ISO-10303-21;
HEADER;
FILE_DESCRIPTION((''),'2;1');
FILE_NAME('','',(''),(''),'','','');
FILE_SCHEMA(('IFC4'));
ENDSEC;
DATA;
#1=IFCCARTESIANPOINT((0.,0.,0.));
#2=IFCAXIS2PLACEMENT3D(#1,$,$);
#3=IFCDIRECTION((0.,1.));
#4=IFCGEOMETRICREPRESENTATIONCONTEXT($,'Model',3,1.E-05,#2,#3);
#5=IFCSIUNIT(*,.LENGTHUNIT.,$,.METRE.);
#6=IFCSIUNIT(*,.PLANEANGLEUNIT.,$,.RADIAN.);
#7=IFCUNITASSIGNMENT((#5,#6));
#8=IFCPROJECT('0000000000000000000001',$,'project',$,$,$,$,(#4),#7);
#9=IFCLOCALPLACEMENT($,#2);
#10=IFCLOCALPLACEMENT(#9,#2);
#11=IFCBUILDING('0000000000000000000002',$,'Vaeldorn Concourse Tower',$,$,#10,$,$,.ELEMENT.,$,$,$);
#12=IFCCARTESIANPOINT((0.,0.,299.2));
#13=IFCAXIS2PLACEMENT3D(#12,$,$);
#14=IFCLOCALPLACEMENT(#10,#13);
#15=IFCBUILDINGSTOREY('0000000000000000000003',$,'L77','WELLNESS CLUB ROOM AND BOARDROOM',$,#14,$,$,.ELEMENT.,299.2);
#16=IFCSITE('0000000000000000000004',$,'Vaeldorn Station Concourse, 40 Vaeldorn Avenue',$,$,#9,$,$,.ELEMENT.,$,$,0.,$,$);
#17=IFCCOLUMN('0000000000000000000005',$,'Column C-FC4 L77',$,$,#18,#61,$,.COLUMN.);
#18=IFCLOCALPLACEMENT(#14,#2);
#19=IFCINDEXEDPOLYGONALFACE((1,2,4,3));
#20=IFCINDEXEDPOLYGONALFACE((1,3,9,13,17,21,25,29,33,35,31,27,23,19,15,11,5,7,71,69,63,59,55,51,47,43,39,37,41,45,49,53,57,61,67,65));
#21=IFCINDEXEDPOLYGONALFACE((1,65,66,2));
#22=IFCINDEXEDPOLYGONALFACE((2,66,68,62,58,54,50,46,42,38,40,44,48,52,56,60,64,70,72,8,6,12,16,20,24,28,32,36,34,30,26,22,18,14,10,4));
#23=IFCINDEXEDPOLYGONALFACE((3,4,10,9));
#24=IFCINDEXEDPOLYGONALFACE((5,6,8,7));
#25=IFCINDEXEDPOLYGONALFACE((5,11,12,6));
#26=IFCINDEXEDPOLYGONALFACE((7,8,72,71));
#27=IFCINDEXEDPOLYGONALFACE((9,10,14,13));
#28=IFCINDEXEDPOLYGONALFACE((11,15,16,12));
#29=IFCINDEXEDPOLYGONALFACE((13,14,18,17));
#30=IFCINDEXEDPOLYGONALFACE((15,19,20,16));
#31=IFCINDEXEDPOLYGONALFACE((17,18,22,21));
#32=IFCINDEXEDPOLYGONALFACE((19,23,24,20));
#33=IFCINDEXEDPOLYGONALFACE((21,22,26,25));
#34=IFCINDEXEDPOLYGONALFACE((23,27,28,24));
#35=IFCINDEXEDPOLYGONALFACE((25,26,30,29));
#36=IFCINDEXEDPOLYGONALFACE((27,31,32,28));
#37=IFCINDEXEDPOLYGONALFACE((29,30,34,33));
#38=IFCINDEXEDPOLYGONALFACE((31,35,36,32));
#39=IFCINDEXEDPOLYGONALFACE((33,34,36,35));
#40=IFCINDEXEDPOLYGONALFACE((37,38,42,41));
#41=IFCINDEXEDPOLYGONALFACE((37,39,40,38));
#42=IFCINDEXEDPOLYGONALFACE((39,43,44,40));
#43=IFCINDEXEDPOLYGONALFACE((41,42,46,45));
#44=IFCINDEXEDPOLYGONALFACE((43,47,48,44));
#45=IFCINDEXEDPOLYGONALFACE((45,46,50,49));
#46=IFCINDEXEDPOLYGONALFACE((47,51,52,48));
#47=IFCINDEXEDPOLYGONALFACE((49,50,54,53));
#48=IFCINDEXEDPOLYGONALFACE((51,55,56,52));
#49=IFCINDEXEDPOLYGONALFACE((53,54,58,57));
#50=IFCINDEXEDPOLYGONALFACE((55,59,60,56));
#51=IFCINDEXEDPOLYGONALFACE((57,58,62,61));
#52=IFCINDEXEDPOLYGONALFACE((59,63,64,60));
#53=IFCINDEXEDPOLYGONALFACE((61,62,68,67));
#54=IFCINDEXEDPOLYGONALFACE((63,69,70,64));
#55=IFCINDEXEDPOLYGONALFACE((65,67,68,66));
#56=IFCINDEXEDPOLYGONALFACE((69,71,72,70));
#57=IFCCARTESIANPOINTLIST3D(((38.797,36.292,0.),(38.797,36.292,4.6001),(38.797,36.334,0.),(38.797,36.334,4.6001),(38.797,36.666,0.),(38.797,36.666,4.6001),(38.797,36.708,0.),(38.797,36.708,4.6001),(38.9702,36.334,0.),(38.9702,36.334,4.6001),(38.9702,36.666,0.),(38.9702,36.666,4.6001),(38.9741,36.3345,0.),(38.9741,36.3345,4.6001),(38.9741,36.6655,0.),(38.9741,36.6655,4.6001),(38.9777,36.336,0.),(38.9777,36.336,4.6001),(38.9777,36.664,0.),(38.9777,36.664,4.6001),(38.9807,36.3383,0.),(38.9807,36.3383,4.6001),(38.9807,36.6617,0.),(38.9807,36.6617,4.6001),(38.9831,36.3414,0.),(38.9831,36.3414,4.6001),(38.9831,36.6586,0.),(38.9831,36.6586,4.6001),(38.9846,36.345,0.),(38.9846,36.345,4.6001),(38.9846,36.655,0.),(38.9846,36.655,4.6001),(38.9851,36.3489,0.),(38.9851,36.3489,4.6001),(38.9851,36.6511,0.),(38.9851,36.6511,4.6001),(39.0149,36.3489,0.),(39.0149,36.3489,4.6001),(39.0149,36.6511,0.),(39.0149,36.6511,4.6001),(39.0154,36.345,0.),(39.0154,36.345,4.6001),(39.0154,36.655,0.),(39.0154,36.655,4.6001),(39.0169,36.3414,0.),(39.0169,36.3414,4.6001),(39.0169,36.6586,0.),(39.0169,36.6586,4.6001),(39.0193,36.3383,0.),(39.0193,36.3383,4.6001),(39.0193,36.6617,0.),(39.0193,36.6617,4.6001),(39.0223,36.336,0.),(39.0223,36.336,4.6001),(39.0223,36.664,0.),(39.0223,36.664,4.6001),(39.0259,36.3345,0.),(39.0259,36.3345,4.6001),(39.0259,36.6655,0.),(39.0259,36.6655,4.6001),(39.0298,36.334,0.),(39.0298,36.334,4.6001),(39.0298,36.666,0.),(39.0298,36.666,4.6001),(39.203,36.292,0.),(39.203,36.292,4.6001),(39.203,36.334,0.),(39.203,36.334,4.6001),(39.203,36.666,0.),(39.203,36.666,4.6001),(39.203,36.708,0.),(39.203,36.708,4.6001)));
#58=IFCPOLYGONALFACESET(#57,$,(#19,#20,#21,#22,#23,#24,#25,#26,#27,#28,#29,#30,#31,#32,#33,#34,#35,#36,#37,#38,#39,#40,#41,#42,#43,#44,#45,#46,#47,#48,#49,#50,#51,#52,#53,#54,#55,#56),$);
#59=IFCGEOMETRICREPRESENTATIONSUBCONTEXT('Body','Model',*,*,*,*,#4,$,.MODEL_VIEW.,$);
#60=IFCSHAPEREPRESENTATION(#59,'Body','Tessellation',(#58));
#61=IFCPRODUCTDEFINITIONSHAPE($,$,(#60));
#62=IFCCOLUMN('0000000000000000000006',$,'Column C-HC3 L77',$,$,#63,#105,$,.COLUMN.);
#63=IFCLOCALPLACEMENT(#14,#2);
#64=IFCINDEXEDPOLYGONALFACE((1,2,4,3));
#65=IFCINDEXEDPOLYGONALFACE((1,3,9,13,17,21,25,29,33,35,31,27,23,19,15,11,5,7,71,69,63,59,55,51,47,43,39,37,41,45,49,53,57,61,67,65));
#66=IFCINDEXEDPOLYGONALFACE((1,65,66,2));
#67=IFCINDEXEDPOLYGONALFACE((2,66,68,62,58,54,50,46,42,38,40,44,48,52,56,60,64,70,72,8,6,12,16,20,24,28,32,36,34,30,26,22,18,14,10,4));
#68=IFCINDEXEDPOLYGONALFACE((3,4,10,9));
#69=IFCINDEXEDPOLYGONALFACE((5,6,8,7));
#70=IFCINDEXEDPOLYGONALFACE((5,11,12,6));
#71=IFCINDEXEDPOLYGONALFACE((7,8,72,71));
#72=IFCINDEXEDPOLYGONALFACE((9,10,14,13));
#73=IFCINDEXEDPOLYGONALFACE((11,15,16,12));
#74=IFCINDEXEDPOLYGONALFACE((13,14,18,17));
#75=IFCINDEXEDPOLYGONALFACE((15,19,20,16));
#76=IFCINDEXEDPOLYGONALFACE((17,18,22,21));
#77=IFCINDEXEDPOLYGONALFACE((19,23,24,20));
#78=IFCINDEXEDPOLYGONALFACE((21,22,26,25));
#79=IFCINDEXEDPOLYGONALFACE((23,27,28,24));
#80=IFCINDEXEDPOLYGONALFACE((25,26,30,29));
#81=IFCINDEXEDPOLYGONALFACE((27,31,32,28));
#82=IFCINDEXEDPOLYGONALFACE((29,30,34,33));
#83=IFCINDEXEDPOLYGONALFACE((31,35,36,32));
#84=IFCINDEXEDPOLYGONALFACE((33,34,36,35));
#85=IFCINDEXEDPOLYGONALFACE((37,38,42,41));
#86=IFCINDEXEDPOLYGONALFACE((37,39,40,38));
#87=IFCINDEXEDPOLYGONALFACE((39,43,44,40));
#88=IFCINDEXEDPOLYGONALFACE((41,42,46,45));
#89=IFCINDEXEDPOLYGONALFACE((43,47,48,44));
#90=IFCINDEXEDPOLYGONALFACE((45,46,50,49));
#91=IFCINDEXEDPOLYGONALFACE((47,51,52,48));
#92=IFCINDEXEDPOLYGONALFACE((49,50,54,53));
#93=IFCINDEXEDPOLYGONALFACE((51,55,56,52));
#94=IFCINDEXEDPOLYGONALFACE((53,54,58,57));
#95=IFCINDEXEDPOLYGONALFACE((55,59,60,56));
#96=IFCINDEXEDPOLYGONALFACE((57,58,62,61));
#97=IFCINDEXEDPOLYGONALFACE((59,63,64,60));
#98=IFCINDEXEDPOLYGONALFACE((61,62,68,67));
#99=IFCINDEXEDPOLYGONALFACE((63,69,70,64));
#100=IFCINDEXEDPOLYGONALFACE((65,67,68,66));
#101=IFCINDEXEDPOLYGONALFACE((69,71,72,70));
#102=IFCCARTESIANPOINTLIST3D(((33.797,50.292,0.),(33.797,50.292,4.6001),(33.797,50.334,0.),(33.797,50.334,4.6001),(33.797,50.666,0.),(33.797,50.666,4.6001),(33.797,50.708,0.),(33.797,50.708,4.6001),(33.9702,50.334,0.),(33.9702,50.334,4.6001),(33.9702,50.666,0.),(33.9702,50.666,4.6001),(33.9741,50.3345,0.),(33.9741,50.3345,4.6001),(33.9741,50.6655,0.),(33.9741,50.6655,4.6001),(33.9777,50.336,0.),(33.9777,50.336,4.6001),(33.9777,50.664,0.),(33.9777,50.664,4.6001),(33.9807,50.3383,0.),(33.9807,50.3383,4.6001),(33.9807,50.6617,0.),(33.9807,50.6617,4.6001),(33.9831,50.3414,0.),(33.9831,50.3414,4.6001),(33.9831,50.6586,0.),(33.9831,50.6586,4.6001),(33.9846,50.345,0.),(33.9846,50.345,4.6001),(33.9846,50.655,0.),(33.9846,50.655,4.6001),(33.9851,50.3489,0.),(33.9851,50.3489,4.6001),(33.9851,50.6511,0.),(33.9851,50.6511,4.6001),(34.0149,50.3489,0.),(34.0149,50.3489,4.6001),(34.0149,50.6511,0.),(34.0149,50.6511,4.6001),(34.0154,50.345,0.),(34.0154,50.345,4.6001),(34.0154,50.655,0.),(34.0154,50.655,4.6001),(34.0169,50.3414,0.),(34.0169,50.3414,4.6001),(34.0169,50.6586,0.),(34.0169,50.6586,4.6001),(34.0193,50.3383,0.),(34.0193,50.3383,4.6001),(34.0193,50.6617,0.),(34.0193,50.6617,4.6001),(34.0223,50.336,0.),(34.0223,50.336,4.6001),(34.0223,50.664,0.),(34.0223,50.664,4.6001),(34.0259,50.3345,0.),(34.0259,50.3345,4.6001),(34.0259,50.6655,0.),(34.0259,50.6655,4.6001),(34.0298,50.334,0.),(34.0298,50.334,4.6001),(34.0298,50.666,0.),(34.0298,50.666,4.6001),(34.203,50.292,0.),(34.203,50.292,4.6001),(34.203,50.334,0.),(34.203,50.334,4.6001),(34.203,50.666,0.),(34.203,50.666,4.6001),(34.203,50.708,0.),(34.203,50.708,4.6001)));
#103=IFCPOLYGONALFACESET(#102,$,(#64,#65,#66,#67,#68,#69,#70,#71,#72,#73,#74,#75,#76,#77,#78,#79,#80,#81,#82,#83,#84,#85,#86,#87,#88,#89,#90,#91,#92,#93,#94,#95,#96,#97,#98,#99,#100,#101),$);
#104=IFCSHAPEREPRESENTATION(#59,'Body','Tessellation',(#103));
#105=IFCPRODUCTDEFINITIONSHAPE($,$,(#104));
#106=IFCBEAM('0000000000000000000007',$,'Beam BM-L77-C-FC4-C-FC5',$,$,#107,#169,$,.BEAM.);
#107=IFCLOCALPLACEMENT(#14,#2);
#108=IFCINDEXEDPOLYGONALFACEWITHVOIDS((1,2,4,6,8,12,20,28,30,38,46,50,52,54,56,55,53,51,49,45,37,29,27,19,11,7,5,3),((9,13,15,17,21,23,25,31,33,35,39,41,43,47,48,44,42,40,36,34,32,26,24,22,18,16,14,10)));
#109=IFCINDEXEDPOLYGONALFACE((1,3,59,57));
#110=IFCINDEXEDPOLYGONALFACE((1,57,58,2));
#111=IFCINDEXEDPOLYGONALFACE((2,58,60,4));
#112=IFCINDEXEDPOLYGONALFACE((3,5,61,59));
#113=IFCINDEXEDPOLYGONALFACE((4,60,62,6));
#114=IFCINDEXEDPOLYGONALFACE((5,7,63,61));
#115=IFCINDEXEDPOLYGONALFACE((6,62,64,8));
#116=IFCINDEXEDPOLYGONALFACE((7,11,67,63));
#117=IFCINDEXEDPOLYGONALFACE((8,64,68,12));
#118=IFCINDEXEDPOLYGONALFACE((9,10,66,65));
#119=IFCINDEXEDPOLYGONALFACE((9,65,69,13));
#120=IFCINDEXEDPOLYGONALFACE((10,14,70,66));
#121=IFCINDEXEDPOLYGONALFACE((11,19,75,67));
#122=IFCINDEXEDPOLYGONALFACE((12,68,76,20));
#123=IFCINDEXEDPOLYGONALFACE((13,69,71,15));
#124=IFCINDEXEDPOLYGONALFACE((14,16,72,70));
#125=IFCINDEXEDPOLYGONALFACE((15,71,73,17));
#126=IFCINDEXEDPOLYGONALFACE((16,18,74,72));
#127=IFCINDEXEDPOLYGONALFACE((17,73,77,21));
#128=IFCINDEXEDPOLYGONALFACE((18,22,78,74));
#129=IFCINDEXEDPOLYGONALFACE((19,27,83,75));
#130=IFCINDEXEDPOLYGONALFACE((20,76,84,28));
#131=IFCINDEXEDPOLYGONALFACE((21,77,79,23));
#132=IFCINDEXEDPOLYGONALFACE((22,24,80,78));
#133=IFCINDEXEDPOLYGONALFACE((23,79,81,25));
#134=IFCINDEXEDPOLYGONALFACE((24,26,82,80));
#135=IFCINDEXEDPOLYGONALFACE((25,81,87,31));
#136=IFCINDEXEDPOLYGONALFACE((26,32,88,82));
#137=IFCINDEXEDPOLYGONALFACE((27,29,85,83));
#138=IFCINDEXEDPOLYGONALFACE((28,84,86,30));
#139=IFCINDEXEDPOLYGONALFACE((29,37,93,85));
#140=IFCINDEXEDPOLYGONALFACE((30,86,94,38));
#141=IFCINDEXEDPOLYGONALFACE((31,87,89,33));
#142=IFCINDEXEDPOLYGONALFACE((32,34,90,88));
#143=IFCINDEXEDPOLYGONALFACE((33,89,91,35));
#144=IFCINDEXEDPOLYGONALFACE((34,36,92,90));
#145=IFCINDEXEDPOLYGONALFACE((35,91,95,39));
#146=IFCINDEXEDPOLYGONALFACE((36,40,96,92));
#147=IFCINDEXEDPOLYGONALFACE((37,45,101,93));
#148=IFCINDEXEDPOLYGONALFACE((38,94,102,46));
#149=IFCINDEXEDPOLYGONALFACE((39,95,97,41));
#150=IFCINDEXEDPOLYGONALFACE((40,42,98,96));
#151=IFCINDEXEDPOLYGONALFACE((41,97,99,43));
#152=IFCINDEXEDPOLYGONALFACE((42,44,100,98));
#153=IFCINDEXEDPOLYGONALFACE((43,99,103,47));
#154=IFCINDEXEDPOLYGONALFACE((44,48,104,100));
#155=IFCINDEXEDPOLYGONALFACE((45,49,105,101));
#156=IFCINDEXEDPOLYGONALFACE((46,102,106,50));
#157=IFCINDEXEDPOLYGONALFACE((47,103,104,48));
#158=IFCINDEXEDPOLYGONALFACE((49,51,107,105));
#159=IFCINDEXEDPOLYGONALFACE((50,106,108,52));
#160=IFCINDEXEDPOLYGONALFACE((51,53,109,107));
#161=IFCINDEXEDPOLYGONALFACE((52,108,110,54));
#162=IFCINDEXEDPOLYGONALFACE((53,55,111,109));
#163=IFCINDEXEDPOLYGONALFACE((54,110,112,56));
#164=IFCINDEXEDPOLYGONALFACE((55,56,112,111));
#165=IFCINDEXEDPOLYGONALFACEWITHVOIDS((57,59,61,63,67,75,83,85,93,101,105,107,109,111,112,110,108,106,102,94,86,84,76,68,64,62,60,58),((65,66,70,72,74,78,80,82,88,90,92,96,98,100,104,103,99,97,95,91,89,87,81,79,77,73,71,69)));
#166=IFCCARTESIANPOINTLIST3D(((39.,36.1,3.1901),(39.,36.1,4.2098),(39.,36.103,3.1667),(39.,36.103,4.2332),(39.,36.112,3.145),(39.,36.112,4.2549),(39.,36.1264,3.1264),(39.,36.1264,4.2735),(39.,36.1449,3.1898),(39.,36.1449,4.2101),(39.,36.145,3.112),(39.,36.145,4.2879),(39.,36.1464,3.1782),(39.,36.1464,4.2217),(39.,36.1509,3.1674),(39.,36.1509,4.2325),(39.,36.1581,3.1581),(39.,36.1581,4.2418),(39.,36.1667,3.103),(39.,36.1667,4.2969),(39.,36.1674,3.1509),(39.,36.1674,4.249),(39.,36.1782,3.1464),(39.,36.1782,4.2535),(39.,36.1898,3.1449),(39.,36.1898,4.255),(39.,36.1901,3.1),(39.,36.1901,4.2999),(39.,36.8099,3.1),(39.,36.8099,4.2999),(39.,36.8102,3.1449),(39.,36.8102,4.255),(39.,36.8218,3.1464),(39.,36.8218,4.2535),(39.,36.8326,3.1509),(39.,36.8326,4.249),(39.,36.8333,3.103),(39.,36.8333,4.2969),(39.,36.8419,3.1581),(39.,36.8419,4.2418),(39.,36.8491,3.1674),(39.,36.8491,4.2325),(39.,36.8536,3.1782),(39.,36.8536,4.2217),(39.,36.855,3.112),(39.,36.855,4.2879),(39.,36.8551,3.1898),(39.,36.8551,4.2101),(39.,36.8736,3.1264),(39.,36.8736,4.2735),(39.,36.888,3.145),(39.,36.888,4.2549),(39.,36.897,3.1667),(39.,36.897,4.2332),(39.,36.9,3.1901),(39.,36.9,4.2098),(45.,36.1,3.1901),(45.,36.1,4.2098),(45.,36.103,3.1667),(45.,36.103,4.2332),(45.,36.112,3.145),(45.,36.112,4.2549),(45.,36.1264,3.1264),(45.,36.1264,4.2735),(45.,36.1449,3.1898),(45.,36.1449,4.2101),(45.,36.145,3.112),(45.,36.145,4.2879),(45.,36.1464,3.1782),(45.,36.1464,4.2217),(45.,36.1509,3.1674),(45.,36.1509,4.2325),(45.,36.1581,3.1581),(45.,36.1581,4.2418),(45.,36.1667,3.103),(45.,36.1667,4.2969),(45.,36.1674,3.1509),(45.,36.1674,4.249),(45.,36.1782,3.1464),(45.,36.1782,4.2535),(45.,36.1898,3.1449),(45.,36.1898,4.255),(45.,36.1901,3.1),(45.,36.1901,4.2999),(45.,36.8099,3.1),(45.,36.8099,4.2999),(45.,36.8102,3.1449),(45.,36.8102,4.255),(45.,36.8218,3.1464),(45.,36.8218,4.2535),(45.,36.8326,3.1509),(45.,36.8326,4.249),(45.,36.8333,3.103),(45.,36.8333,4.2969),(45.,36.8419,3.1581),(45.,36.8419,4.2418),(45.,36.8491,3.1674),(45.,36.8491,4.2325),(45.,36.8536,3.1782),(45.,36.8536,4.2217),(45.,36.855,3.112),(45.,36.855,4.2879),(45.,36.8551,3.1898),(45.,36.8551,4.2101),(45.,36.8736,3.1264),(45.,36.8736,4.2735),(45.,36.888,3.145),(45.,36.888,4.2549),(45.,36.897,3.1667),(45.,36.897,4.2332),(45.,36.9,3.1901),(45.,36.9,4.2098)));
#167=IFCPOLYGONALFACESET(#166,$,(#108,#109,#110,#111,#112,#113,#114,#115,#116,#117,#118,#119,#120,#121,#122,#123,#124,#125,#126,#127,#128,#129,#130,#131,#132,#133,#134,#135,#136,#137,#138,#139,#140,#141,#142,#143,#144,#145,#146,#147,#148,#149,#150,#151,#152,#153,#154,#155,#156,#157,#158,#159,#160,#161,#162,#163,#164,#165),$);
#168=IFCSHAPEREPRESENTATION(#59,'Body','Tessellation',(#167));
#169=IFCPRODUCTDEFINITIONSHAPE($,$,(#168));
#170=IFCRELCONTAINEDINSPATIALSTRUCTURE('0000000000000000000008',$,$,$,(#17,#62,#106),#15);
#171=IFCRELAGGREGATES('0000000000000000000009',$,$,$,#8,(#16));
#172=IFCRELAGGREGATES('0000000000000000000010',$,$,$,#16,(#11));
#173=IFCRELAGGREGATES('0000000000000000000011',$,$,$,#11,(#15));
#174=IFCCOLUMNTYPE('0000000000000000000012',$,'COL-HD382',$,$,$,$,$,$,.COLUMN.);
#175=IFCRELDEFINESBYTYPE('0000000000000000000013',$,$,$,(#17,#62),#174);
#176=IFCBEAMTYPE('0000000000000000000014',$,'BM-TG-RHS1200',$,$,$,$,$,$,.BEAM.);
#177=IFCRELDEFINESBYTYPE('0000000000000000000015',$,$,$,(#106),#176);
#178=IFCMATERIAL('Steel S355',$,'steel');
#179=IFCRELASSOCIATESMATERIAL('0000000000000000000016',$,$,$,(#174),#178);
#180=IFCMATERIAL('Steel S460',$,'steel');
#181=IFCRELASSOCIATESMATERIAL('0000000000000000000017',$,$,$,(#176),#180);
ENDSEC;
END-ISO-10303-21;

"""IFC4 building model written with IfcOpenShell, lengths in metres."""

from ifc_helpers import new_model, si_unit, direction, frame, origin, origin_2d, place, context, subcontext, project, spatial, hollow_rectangle, i_section, extrude, source, transform, mapped, material, material_profile, profile_set, type_object, element, save


model = new_model("IFC4")

# Units and contexts
model_context = context("Model", 3, precision=1e-05, world=origin(), true_north=direction((0.0, 1.0)))
body_context = subcontext(model_context, "Body", "Model", "MODEL_VIEW")
ifc_project = project(units=[si_unit("LENGTHUNIT", "METRE"), si_unit("PLANEANGLEUNIT", "RADIAN")], contexts=[model_context])

# Site, building, storey
site_placement = place(None, origin())
site = spatial("IfcSite", under=ifc_project, at=site_placement, Name="Vaeldorn Station Concourse, 40 Vaeldorn Avenue", CompositionType="ELEMENT", RefElevation=0.0)
building_placement = place(site_placement, origin())
building = spatial("IfcBuilding", under=site, at=building_placement, Name="Vaeldorn Concourse Tower", CompositionType="ELEMENT")
storey_placement = place(building_placement, frame((0.0, 0.0, 299.2)))
storey = spatial("IfcBuildingStorey", under=building, at=storey_placement, Name="L77", Description="WELLNESS CLUB ROOM AND BOARDROOM", CompositionType="ELEMENT", Elevation=299.2)

# Columns
ifc_material_1 = material(Name="Steel S355", Category="steel")
ifc_material_profile_1 = material_profile(ifc_material_1, i_section(OverallWidth=0.406, OverallDepth=0.416, WebThickness=0.0298, FlangeThickness=0.042, FilletRadius=0.0149, at=origin_2d()), Name="HD 400x382")
ifc_profile_set_1 = profile_set([ifc_material_profile_1], Name="Steel S355")
column_type = type_object("IfcColumnType", Name="COL-HD382", PredefinedType="COLUMN", material=ifc_profile_set_1)
shared_shape_1 = source(origin(), body_context, "Body", "SweptSolid", [
    extrude(i_section(OverallWidth=0.406, OverallDepth=0.416, WebThickness=0.0298, FlangeThickness=0.042, FilletRadius=0.0149, at=origin_2d()), origin(), (0.0, 0.0, 1.0), 4.6001),
])
for number, where, z_axis, x_axis, name in (
    (1, (39.0, 36.5, 0.0), (0.0, 0.0, 1.0), (1.0, 0.0, 0.0), "Column C-FC4 L77"),
    (2, (34.0, 50.5, 0.0), (0.0, 0.0, 1.0), (1.0, 0.0, 0.0), "Column C-HC3 L77"),
):
    element("IfcColumn", number, at=place(storey_placement, frame(where, z_axis=z_axis, x_axis=x_axis)), inside=storey, type_object=column_type, Name=name, PredefinedType="COLUMN", context=body_context, shape_type="MappedRepresentation", body=[
        mapped(shared_shape_1, transform((0.0, 0.0, 0.0), scale=1.0)),
    ])

# Beam
ifc_material_2 = material(Name="Steel S460", Category="steel")
ifc_material_profile_2 = material_profile(ifc_material_2, hollow_rectangle(XDim=0.8, YDim=1.2, WallThickness=0.0449, InnerFilletRadius=0.0449, OuterFilletRadius=0.0901, at=origin_2d()), Name="RHS 1200x800x45")
ifc_profile_set_2 = profile_set([ifc_material_profile_2], Name="Steel S460")
beam_type = type_object("IfcBeamType", Name="BM-TG-RHS1200", PredefinedType="BEAM", material=ifc_profile_set_2)
shared_shape_2 = source(origin(), body_context, "Body", "SweptSolid", [
    extrude(hollow_rectangle(XDim=0.8, YDim=1.2, WallThickness=0.0449, InnerFilletRadius=0.0449, OuterFilletRadius=0.0901, at=origin_2d()), origin(), (0.0, 0.0, 1.0), 6.0),
])
beam_1_placement = place(storey_placement, frame((39.0, 36.5, 3.7), z_axis=(1.0, 0.0, 0.0), x_axis=(0.0, 1.0, 0.0)))
element("IfcBeam", 3, at=beam_1_placement, inside=storey, type_object=beam_type, Name="Beam BM-L77-C-FC4-C-FC5", PredefinedType="BEAM", context=body_context, shape_type="MappedRepresentation", body=[
    mapped(shared_shape_2, transform((0.0, 0.0, 0.0), scale=1.0)),
])

save(model, "model.ifc")
